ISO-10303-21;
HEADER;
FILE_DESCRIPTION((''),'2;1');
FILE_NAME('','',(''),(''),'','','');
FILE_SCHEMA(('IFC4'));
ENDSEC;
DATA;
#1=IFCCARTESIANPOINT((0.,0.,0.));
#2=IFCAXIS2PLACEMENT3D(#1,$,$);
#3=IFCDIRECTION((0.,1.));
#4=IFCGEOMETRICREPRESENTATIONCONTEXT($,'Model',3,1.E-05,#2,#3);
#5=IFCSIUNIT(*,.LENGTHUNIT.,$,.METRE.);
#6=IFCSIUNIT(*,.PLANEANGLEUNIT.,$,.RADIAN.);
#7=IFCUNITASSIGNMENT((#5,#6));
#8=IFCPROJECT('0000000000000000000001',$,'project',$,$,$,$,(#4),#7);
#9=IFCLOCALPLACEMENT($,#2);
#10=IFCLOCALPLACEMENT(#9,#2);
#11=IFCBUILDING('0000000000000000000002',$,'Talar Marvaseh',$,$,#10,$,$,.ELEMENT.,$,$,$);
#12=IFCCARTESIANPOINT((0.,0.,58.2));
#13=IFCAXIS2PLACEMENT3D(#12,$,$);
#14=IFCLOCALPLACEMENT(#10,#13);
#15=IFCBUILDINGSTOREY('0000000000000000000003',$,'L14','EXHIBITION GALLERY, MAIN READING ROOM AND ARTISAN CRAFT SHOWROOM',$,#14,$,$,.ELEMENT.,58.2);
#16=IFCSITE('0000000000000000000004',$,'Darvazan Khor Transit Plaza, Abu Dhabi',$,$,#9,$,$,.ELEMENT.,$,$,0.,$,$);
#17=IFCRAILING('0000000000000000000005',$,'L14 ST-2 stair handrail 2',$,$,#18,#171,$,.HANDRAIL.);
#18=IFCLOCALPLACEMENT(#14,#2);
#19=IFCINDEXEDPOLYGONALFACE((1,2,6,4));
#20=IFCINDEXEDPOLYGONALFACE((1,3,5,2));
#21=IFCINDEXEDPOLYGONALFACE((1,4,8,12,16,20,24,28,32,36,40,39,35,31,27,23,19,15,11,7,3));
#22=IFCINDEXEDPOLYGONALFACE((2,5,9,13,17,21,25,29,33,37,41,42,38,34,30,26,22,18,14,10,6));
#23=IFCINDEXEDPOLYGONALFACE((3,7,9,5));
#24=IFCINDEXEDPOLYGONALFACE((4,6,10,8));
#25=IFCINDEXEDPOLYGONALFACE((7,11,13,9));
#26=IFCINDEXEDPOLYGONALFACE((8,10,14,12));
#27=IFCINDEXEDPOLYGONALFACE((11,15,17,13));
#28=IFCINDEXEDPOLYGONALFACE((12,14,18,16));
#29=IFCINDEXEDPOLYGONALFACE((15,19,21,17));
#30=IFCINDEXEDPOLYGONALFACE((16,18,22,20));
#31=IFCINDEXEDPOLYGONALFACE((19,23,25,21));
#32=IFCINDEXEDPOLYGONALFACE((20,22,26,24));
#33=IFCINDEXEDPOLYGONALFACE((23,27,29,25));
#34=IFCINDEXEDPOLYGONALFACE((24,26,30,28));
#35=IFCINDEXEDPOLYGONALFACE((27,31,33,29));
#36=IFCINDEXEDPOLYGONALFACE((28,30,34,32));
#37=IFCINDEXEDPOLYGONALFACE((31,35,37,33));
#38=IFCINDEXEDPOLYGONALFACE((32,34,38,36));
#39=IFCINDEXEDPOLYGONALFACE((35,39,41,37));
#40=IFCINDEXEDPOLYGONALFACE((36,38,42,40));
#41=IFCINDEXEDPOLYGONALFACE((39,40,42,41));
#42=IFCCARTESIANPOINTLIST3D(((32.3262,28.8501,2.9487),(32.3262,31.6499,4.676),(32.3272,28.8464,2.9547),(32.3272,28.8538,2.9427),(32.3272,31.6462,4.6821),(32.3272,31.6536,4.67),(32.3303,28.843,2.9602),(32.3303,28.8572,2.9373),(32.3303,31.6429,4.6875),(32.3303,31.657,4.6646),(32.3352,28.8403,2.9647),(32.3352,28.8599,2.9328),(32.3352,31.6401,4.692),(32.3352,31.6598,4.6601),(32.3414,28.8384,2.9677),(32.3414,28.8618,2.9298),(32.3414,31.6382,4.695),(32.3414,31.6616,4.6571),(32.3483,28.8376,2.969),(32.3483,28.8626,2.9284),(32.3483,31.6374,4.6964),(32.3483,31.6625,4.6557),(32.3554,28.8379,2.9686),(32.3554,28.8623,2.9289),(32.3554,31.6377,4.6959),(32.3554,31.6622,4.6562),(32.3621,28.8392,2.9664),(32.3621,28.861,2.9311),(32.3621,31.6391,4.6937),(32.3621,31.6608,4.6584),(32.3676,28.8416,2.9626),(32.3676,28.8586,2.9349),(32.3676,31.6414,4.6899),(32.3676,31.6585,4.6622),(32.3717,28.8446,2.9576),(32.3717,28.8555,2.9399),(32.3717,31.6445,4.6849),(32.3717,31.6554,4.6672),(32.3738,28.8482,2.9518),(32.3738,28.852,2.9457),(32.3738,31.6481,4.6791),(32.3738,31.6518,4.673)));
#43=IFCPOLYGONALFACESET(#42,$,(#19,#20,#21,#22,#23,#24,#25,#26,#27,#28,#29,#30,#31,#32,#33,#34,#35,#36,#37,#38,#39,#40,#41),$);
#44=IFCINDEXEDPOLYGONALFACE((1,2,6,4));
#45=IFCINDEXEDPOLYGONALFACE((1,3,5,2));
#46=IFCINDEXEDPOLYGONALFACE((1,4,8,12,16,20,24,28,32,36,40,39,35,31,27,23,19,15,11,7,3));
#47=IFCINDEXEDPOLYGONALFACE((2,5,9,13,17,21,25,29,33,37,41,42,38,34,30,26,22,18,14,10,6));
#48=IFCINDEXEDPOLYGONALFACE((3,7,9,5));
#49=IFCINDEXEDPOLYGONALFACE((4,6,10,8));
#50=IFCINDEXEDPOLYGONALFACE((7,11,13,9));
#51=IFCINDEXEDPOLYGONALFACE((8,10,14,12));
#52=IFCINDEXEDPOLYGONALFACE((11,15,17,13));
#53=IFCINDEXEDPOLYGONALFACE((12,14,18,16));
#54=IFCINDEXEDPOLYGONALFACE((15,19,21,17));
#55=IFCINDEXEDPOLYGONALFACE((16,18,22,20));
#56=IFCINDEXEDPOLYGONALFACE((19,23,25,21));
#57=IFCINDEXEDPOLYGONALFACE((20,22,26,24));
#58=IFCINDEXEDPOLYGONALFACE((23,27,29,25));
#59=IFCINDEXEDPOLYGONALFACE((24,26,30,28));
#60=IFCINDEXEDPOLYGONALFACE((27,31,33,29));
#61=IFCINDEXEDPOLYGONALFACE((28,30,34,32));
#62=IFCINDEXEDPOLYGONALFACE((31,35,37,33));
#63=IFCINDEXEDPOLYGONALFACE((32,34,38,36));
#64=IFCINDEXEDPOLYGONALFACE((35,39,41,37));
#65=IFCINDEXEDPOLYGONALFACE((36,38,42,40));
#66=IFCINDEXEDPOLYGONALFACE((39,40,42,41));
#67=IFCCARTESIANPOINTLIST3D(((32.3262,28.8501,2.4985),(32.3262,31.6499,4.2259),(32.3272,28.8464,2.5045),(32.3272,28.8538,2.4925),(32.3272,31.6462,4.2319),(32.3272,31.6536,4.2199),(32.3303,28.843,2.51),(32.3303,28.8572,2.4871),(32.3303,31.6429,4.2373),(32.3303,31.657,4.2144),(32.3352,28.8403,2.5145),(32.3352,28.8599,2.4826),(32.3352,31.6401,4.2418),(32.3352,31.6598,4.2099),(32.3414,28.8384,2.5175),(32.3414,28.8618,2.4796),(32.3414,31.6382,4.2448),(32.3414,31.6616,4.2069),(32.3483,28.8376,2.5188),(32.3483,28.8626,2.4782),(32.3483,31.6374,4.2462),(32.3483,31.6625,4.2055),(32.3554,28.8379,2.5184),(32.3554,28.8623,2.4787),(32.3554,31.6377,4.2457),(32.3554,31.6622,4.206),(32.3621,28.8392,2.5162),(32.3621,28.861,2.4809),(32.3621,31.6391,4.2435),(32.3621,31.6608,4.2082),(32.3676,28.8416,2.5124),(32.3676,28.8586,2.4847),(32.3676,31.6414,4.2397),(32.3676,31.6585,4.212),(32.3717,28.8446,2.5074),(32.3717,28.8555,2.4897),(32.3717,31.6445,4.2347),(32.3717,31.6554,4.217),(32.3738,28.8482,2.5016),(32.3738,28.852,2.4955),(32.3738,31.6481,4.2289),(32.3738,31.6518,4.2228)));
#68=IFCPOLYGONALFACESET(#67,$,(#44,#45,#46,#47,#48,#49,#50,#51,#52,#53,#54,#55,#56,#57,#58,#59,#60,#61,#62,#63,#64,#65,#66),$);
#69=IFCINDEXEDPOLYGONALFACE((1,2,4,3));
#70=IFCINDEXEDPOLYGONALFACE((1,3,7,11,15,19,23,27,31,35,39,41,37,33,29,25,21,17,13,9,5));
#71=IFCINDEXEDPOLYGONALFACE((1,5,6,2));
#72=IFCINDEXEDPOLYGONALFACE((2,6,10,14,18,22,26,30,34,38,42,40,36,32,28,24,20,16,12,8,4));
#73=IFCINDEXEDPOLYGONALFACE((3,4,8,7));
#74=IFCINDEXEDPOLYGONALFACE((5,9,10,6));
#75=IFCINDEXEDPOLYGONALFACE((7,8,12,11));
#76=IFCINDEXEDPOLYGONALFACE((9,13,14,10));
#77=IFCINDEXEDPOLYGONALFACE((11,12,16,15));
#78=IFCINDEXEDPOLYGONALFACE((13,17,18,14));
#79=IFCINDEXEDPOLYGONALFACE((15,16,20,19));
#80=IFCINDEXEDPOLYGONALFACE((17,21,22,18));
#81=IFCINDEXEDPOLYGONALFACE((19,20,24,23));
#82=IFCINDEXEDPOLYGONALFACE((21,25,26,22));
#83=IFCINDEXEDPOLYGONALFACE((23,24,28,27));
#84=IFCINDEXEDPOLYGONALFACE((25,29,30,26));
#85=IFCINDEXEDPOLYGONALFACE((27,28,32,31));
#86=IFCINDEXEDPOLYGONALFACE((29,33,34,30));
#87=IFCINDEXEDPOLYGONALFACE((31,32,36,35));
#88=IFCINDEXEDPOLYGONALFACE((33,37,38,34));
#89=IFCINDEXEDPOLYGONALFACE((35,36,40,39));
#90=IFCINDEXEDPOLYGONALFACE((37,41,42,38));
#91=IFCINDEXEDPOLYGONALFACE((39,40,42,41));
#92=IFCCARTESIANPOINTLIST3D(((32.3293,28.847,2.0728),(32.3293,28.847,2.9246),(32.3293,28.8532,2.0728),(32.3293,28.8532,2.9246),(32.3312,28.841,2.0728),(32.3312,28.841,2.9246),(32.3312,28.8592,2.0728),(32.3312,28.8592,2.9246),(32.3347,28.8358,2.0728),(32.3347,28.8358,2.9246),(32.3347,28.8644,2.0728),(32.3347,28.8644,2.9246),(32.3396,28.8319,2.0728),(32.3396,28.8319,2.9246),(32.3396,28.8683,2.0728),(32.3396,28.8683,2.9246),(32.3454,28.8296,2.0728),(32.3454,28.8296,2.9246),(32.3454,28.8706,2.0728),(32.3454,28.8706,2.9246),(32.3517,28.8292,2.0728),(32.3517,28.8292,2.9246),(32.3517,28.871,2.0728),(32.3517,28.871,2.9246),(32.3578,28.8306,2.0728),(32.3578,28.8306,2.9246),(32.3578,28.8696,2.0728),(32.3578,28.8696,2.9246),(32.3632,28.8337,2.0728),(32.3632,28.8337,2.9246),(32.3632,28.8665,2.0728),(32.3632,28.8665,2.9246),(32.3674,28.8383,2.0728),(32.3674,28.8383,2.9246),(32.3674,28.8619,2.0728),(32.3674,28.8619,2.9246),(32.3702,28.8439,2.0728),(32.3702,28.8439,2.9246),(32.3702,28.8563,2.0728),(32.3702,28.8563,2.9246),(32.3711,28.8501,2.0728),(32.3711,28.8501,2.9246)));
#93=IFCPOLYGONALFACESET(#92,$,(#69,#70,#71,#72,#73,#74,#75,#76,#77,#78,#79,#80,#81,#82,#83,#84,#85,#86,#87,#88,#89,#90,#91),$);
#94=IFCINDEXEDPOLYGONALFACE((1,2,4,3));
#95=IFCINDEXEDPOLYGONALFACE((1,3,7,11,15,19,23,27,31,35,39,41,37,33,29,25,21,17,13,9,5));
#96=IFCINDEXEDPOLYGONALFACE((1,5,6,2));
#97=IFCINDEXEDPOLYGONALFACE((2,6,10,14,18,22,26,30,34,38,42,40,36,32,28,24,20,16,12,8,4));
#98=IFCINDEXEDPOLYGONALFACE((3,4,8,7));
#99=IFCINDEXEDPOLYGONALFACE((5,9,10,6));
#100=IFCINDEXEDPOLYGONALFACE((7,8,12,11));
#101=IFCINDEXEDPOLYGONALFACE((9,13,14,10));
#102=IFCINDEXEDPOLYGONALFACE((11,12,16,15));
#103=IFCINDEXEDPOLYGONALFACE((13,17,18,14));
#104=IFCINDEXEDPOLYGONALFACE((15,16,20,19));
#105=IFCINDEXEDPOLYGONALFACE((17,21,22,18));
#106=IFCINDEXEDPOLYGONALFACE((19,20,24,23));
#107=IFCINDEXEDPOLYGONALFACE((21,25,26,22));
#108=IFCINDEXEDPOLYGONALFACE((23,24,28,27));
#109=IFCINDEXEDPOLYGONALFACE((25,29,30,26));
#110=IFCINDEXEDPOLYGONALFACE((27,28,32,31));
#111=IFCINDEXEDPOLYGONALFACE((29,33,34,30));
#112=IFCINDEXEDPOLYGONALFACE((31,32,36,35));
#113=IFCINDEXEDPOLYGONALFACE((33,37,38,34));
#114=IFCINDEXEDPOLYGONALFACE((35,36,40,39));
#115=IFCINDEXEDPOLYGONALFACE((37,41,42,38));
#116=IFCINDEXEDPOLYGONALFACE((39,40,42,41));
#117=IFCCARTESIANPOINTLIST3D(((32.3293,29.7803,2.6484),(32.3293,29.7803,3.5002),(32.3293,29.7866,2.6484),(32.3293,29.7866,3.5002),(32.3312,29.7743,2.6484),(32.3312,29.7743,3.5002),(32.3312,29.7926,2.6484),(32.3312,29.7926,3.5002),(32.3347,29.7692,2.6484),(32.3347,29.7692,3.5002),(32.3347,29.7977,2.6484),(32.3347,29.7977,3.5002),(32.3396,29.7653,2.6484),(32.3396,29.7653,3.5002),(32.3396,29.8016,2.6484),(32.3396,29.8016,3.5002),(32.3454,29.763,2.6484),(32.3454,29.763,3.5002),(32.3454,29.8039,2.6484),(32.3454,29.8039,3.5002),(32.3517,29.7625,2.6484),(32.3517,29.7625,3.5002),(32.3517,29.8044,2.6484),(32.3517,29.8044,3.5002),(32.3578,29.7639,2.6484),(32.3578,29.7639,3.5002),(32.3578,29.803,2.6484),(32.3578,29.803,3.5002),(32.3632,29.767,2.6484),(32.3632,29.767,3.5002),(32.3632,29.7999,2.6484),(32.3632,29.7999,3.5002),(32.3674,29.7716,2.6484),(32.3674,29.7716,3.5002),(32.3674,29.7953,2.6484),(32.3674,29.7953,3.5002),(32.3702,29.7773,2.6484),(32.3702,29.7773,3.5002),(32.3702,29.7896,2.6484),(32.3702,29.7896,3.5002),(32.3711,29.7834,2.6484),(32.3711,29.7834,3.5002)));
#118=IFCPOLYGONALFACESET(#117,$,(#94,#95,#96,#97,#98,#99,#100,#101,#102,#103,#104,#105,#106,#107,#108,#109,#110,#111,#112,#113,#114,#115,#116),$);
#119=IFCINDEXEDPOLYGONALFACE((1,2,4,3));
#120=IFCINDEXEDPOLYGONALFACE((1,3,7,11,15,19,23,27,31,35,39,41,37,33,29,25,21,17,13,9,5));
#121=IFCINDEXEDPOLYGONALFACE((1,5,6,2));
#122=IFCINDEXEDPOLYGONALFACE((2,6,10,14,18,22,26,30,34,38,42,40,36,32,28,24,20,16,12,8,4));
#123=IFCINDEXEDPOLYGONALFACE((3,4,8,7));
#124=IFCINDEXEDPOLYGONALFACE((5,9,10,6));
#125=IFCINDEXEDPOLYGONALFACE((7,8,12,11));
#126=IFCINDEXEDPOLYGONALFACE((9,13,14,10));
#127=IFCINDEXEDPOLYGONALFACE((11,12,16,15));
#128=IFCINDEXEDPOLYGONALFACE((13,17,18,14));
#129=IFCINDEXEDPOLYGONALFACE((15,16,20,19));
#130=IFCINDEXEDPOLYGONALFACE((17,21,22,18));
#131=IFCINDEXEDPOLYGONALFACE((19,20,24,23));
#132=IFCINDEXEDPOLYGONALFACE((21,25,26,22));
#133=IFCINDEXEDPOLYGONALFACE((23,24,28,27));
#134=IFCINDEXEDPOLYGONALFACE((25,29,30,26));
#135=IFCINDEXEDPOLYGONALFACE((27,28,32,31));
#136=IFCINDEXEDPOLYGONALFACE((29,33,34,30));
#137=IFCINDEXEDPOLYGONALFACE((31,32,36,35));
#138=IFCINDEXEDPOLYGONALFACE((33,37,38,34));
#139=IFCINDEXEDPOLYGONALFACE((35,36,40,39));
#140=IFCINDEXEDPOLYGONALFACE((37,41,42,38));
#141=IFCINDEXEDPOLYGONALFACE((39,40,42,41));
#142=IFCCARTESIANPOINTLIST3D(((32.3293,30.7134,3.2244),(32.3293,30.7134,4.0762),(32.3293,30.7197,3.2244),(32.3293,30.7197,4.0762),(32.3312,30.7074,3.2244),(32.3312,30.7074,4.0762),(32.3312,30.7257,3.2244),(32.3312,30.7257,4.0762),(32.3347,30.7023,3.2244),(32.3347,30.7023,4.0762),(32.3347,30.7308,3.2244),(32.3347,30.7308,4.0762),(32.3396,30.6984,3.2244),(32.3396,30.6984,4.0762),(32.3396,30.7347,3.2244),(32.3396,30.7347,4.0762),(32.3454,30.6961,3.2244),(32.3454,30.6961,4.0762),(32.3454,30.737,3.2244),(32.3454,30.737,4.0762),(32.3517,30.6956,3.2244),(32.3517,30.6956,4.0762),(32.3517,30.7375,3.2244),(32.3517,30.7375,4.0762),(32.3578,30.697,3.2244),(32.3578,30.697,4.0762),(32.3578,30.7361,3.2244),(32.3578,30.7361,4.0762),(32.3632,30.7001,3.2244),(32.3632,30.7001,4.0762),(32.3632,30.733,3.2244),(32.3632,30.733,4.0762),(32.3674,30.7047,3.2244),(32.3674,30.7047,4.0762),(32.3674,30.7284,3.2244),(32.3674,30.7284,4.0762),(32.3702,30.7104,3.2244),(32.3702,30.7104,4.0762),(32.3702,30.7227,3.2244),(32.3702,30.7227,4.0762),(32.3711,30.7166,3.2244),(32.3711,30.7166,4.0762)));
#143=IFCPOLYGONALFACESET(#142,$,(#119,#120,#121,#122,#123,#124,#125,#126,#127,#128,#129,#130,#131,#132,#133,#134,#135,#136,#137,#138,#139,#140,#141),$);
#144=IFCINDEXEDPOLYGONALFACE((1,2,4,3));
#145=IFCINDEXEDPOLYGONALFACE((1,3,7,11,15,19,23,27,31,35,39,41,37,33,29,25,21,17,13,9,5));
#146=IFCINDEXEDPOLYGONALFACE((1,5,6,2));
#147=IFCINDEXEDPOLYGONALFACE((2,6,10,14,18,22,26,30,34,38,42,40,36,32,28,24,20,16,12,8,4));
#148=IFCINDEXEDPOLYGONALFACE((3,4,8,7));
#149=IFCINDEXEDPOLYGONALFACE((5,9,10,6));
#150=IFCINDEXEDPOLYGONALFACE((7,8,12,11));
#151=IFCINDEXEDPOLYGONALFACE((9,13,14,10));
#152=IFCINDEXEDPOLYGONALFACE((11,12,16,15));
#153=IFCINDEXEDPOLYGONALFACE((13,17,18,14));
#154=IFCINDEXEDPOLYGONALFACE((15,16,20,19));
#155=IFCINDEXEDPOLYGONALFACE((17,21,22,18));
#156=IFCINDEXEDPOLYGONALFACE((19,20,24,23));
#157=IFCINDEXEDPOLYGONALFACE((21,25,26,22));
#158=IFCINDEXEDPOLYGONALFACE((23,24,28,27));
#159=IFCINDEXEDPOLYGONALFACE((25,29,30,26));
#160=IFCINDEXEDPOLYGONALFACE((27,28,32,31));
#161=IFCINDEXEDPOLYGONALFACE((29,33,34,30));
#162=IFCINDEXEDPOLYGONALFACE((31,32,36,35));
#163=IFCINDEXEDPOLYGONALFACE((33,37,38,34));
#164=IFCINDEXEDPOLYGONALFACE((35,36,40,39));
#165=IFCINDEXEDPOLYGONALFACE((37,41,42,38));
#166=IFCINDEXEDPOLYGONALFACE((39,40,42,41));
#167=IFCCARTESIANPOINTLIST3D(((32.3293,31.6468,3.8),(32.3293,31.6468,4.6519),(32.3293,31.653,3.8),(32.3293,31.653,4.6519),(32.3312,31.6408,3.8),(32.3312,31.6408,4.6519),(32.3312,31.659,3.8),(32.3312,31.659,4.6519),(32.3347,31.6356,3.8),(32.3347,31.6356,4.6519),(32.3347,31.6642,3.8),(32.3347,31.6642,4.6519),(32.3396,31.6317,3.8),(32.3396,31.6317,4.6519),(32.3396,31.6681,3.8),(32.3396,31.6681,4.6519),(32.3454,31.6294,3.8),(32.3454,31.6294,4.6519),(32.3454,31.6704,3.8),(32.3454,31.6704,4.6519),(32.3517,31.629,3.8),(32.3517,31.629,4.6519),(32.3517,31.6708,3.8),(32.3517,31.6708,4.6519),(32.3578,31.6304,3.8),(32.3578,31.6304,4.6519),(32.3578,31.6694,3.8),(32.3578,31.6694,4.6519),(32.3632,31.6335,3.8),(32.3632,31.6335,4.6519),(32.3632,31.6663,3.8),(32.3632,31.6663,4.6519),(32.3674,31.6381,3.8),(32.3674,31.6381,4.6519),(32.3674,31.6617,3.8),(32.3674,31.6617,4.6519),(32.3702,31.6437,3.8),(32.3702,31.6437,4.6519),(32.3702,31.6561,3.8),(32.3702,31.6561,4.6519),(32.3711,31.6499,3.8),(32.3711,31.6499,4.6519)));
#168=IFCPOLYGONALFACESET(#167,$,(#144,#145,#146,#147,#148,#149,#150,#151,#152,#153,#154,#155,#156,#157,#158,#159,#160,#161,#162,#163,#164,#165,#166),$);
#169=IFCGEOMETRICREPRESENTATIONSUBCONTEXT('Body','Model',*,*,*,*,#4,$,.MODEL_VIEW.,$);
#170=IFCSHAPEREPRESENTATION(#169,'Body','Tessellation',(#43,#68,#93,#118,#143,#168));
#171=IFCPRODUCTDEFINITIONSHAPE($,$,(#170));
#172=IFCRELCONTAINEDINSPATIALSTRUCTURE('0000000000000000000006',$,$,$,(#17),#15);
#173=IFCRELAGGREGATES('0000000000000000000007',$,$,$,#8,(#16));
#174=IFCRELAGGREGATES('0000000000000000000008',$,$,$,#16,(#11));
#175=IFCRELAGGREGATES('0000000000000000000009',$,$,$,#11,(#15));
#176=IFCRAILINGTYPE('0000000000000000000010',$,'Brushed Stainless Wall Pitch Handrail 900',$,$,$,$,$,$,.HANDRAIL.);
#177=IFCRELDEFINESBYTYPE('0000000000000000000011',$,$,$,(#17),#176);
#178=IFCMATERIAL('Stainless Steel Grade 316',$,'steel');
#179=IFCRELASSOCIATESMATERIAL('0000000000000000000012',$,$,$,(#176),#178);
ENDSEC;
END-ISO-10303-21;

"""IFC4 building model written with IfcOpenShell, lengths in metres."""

from ifc_helpers import new_model, si_unit, direction, frame, origin, origin_2d, place, context, subcontext, project, spatial, circle, extrude, material, type_object, element, save


model = new_model("IFC4")

# Units and contexts
model_context = context("Model", 3, precision=1e-05, world=origin(), true_north=direction((0.0, 1.0)))
body_context = subcontext(model_context, "Body", "Model", "MODEL_VIEW")
ifc_project = project(units=[si_unit("LENGTHUNIT", "METRE"), si_unit("PLANEANGLEUNIT", "RADIAN")], contexts=[model_context])

# Site, building, storey
site_placement = place(None, origin())
site = spatial("IfcSite", under=ifc_project, at=site_placement, Name="Darvazan Khor Transit Plaza, Abu Dhabi", CompositionType="ELEMENT", RefElevation=0.0)
building_placement = place(site_placement, origin())
building = spatial("IfcBuilding", under=site, at=building_placement, Name="Talar Marvaseh", CompositionType="ELEMENT")
storey_placement = place(building_placement, frame((0.0, 0.0, 58.2)))
storey = spatial("IfcBuildingStorey", under=building, at=storey_placement, Name="L14", Description="EXHIBITION GALLERY, MAIN READING ROOM AND ARTISAN CRAFT SHOWROOM", CompositionType="ELEMENT", Elevation=58.2)

# Railing
ifc_material_1 = material(Name="Stainless Steel Grade 316", Category="steel")
railing_type = type_object("IfcRailingType", Name="Brushed Stainless Wall Pitch Handrail 900", PredefinedType="HANDRAIL", material=ifc_material_1)
railing_placement = place(storey_placement, frame((32.3501, 28.8501, 2.0728)))
element("IfcRailing", 1, at=railing_placement, inside=storey, type_object=railing_type, Name="L14 ST-2 stair handrail 2", PredefinedType="HANDRAIL", context=body_context, shape_type="SweptSolid", body=[
    extrude(circle(Radius=0.0239, at=origin_2d()), frame((0.0, 0.0, 0.876), z_axis=(0.0, 0.851069, 0.525054), x_axis=(-1.0, 0.0, 0.0)), (0.0, 0.0, 1.0), 3.2898),
    extrude(circle(Radius=0.0239, at=origin_2d()), frame((0.0, 0.0, 0.4258), z_axis=(0.0, 0.851069, 0.525054), x_axis=(-1.0, 0.0, 0.0)), (0.0, 0.0, 1.0), 3.2898),
    extrude(circle(Radius=0.021, at=origin_2d()), origin(), (0.0, 0.0, 1.0), 0.8518),
    extrude(circle(Radius=0.021, at=origin_2d()), frame((0.0, 0.9333, 0.5757)), (0.0, 0.0, 1.0), 0.8518),
    extrude(circle(Radius=0.021, at=origin_2d()), frame((0.0, 1.8665, 1.1516)), (0.0, 0.0, 1.0), 0.8518),
    extrude(circle(Radius=0.021, at=origin_2d()), frame((0.0, 2.7998, 1.7273)), (0.0, 0.0, 1.0), 0.8518),
])

save(model, "model.ifc")
